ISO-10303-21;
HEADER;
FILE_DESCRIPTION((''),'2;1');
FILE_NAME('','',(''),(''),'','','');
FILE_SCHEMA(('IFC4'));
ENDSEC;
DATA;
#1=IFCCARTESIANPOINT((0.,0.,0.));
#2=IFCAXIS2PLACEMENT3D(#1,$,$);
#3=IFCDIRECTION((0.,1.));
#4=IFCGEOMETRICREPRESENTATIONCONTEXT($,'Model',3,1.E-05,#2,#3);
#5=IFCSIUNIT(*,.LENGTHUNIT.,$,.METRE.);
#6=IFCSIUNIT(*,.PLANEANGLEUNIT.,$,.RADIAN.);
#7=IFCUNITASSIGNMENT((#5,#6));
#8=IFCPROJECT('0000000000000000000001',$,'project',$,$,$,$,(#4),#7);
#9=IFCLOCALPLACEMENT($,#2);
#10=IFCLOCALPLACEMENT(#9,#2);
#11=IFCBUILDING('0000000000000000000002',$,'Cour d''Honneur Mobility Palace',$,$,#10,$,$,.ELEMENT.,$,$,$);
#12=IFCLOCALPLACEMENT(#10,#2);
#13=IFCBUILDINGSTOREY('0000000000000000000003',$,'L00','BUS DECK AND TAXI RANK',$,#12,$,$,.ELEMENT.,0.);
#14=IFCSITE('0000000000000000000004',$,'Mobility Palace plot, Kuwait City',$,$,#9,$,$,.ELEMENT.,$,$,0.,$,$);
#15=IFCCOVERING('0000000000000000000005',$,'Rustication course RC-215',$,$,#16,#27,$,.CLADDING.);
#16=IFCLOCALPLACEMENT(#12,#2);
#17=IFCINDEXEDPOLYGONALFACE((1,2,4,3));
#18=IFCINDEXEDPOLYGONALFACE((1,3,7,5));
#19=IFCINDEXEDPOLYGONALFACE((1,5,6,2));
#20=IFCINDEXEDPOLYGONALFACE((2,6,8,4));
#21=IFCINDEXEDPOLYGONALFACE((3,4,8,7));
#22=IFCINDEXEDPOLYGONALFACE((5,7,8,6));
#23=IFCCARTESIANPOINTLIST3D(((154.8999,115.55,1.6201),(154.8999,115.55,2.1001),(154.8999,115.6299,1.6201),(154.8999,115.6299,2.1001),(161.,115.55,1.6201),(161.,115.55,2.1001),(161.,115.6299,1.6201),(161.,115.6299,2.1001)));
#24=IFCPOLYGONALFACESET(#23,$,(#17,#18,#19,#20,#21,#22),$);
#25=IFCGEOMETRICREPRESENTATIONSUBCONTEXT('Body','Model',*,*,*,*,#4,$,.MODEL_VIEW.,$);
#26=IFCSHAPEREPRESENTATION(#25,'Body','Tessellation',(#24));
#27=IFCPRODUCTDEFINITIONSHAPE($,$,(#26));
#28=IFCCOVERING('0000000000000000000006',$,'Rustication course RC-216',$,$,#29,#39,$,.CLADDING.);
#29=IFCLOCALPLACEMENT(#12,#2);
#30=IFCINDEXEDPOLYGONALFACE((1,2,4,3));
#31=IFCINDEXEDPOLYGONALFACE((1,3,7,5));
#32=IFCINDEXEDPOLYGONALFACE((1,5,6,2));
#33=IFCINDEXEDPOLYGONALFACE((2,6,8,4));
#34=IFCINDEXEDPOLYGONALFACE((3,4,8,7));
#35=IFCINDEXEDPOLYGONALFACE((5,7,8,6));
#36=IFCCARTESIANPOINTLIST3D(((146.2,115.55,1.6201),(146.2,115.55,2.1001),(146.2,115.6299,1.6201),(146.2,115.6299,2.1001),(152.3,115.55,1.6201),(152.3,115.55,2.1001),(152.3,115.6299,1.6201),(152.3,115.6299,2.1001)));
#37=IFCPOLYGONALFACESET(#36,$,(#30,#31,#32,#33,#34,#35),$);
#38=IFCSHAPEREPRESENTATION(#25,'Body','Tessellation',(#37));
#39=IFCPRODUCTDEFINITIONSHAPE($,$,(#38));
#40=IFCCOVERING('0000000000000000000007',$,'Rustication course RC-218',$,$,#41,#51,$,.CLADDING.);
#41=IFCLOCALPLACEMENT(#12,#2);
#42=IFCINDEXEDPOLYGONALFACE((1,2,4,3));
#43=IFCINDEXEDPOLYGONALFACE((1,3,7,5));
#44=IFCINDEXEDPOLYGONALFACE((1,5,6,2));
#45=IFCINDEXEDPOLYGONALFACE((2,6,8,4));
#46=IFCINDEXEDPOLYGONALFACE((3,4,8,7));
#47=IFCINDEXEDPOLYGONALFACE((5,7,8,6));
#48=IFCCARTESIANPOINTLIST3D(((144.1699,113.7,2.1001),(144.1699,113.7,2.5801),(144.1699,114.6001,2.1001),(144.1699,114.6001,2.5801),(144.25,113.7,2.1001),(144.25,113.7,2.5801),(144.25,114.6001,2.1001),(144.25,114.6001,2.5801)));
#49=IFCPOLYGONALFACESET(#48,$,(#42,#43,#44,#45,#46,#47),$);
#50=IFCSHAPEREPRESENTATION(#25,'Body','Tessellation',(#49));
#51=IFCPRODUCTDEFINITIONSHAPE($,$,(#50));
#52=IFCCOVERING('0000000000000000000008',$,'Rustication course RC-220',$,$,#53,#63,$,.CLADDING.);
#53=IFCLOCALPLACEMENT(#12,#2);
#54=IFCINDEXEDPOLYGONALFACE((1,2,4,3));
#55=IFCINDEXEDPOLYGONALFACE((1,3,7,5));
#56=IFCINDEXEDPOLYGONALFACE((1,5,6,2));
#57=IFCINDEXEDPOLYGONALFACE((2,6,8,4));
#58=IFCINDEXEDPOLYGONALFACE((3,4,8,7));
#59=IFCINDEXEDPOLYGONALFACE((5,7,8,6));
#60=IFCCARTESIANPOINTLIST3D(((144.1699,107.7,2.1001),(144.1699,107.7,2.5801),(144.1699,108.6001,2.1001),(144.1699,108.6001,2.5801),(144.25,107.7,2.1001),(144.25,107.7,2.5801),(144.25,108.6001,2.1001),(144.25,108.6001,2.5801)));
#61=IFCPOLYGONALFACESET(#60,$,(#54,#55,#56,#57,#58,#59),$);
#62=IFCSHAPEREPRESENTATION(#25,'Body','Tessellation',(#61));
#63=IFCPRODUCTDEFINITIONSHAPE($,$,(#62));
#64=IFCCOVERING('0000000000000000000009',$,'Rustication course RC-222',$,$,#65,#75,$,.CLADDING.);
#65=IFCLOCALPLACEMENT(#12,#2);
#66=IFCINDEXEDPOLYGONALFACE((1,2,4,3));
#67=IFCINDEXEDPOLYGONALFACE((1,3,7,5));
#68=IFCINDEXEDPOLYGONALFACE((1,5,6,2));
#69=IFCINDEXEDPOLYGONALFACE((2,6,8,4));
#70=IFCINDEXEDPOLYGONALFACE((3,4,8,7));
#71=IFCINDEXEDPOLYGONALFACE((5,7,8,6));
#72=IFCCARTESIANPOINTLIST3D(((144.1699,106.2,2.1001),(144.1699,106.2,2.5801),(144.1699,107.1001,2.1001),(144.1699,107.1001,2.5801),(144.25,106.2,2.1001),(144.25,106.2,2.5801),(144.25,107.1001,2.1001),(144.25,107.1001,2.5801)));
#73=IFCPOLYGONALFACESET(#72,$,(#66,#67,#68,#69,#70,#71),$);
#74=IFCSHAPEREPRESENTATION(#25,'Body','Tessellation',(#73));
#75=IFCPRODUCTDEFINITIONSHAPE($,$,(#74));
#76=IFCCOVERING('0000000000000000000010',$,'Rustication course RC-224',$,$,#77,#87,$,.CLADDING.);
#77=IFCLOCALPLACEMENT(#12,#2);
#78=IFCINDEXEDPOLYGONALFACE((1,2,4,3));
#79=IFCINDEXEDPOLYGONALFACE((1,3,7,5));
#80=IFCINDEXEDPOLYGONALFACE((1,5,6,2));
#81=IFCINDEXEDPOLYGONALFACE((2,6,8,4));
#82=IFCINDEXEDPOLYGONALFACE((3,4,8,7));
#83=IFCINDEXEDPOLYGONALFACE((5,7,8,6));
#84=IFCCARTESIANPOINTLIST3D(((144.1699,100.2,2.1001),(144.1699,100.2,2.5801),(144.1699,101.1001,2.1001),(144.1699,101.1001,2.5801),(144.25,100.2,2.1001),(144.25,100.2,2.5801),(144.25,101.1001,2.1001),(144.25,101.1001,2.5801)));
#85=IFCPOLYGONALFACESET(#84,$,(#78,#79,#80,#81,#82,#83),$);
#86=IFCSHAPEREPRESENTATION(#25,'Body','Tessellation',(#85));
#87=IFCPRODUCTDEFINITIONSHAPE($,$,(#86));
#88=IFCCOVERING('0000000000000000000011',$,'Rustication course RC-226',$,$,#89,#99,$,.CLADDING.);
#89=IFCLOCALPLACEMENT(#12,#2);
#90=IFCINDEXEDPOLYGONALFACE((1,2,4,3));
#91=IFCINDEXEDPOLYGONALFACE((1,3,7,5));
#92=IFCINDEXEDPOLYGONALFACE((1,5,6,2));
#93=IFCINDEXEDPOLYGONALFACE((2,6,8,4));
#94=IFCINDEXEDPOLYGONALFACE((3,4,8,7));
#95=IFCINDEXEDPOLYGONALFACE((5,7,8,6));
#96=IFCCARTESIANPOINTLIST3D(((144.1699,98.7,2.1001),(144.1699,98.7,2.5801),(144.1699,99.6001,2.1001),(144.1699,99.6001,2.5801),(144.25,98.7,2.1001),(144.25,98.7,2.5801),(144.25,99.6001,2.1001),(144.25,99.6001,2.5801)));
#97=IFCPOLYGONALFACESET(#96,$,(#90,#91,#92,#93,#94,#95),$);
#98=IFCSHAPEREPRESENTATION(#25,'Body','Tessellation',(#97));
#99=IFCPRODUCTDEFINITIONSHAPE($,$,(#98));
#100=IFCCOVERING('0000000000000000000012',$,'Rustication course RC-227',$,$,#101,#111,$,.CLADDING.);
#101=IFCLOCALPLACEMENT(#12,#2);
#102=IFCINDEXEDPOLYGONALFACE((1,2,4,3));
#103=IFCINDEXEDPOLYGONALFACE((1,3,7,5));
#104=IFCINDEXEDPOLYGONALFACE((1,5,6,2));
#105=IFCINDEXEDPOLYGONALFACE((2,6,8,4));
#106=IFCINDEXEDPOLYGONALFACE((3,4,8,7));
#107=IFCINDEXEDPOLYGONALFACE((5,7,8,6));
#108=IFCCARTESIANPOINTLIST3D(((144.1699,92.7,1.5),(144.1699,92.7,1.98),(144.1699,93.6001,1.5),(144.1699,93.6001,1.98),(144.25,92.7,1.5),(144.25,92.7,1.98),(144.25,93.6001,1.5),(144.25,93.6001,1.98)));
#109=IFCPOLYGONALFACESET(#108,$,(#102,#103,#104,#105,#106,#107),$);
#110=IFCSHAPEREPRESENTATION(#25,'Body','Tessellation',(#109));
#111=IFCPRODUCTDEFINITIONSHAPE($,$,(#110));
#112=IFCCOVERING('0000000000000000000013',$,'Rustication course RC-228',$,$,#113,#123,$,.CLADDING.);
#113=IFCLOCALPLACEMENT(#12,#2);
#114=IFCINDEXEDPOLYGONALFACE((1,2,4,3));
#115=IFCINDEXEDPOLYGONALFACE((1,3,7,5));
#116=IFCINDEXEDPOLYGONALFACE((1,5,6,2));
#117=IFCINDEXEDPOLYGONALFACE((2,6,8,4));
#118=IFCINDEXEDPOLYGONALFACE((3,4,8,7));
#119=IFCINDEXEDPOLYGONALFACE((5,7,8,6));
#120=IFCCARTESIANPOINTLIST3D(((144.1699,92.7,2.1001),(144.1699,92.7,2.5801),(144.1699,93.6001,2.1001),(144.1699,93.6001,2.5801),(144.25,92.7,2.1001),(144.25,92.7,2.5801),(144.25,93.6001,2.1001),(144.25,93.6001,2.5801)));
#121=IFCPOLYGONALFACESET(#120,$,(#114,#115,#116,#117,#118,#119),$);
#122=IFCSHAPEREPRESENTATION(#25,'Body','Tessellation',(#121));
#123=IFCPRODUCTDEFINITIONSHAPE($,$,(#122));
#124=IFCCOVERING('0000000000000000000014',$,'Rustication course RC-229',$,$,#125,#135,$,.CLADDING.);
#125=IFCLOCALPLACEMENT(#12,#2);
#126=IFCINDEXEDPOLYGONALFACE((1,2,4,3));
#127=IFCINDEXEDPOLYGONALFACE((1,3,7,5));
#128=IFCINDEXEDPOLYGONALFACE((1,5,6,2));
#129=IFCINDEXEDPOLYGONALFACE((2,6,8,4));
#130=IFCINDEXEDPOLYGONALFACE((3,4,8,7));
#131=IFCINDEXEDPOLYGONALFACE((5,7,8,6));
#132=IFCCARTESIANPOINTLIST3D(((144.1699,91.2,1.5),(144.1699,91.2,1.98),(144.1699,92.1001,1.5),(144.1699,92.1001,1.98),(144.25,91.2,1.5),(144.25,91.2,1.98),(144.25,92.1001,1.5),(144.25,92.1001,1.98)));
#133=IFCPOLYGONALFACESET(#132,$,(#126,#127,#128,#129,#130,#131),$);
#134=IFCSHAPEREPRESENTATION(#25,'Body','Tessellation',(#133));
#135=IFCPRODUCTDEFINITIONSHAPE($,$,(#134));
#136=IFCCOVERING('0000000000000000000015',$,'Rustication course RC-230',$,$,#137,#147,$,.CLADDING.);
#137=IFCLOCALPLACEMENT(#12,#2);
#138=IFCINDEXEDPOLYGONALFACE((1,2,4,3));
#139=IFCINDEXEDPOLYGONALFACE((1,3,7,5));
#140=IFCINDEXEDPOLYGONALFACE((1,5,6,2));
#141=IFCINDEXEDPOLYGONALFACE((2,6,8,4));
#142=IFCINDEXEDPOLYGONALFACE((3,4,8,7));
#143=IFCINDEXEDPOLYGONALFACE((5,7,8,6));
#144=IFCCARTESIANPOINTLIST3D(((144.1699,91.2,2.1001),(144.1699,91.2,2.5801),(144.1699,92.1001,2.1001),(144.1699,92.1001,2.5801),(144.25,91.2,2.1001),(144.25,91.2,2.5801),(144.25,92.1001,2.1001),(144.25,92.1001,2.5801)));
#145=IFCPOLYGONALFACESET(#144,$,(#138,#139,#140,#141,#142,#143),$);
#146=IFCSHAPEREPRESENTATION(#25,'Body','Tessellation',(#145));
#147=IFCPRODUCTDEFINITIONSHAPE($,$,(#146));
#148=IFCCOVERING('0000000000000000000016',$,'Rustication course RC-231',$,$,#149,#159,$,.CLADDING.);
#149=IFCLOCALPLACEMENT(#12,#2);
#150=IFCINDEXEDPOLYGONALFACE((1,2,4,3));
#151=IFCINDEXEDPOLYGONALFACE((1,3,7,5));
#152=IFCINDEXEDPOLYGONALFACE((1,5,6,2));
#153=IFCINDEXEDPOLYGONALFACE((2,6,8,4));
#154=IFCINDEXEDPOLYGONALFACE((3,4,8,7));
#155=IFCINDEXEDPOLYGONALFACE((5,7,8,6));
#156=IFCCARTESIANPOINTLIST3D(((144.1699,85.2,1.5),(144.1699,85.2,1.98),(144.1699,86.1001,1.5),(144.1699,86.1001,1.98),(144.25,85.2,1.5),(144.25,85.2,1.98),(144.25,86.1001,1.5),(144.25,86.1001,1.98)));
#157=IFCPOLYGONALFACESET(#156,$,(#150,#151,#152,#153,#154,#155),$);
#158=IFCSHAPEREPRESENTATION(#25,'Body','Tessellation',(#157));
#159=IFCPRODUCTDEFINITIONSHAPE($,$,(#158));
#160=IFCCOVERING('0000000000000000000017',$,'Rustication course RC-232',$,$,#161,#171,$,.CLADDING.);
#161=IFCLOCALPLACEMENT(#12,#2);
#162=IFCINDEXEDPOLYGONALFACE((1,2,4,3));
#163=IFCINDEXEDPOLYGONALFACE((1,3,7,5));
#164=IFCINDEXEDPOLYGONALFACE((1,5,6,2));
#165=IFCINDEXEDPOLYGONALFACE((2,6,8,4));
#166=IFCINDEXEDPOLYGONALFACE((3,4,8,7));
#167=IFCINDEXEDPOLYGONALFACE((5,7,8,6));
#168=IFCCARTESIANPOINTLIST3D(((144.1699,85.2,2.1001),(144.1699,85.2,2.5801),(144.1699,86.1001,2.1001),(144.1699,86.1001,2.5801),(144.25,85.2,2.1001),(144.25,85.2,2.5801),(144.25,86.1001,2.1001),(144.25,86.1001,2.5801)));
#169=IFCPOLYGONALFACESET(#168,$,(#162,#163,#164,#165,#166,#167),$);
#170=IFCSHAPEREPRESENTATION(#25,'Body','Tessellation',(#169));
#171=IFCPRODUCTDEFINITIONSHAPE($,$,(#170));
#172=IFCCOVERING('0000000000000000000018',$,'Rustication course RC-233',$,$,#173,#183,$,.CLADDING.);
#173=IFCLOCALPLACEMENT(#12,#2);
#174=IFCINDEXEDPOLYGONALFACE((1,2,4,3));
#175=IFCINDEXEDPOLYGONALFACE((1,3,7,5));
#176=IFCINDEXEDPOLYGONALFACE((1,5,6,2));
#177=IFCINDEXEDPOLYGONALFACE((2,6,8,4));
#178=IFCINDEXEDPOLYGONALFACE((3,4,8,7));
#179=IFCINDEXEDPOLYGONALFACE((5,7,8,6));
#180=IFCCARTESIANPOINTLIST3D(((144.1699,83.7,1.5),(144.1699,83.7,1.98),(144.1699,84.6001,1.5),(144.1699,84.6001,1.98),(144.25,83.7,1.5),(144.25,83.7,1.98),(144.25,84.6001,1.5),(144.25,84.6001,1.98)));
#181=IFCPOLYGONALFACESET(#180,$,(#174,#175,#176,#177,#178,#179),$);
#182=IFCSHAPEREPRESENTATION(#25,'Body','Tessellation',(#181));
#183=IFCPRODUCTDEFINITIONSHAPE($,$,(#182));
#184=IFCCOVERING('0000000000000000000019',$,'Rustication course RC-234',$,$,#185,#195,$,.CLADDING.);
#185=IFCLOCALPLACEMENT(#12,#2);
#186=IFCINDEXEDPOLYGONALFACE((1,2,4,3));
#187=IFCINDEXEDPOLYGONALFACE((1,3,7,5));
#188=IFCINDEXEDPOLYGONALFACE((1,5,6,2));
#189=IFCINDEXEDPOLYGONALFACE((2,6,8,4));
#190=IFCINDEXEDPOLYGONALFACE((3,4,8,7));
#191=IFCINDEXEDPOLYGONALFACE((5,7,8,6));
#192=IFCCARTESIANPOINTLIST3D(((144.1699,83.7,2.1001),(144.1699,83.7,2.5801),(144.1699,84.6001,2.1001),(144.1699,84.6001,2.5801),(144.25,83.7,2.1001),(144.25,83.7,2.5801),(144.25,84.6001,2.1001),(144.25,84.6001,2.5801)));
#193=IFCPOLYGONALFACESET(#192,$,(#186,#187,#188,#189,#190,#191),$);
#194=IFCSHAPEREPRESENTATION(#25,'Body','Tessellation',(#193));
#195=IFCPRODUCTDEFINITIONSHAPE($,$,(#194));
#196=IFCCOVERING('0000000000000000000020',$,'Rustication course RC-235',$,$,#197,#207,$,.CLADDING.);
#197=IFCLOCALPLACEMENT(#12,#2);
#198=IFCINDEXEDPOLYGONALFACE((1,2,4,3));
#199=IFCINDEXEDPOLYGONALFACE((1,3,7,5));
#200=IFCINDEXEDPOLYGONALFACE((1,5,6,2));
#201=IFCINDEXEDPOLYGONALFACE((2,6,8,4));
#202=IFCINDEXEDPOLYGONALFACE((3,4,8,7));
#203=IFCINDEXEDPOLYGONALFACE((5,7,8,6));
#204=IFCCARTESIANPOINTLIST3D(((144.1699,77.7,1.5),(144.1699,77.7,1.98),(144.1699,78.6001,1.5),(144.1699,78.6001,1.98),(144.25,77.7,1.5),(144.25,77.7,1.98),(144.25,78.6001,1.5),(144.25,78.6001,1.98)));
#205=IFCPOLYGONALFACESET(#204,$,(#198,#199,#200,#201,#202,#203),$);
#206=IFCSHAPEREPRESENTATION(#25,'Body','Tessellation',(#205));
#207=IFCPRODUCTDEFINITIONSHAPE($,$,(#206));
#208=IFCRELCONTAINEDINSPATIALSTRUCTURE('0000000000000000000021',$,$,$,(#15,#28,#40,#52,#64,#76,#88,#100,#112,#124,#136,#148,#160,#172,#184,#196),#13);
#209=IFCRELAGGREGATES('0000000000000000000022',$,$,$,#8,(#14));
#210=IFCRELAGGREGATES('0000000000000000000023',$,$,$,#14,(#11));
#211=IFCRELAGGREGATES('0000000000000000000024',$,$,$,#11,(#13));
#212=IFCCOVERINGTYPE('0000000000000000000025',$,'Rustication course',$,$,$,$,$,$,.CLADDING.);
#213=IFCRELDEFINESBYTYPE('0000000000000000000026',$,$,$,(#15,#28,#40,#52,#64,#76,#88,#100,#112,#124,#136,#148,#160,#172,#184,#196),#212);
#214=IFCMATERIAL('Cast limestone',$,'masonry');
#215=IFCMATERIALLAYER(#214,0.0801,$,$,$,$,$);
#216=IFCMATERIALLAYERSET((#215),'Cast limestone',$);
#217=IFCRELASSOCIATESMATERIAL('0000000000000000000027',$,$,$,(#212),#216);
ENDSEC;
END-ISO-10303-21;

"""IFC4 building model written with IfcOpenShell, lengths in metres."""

from ifc_helpers import new_model, si_unit, direction, frame, origin, place, context, subcontext, project, spatial, polyline, outline, extrude, material, layer, layer_set, type_object, element, save


model = new_model("IFC4")

# Units and contexts
model_context = context("Model", 3, precision=1e-05, world=origin(), true_north=direction((0.0, 1.0)))
body_context = subcontext(model_context, "Body", "Model", "MODEL_VIEW")
ifc_project = project(units=[si_unit("LENGTHUNIT", "METRE"), si_unit("PLANEANGLEUNIT", "RADIAN")], contexts=[model_context])

# Site, building, storey
site_placement = place(None, origin())
site = spatial("IfcSite", under=ifc_project, at=site_placement, Name="Mobility Palace plot, Kuwait City", CompositionType="ELEMENT", RefElevation=0.0)
building_placement = place(site_placement, origin())
building = spatial("IfcBuilding", under=site, at=building_placement, Name="Cour d'Honneur Mobility Palace", CompositionType="ELEMENT")
storey_placement = place(building_placement, origin())
storey = spatial("IfcBuildingStorey", under=building, at=storey_placement, Name="L00", Description="BUS DECK AND TAXI RANK", CompositionType="ELEMENT", Elevation=0.0)

# Coverings
ifc_material = material(Name="Cast limestone", Category="masonry")
ifc_layer = layer(ifc_material, 0.0801)
ifc_layer_set = layer_set([ifc_layer], Name="Cast limestone")
covering_type = type_object("IfcCoveringType", Name="Rustication course", PredefinedType="CLADDING", material=ifc_layer_set)
covering_1_placement = place(storey_placement, frame((0.0, 0.0, 1.6201)))
element("IfcCovering", 1, at=covering_1_placement, inside=storey, type_object=covering_type, Name="Rustication course RC-215", PredefinedType="CLADDING", context=body_context, shape_type="SweptSolid", body=[
    extrude(outline(polyline([(161.0, 115.55), (154.8999, 115.55), (154.8999, 115.6299), (161.0, 115.6299), (161.0, 115.55)])), origin(), (0.0, 0.0, 1.0), 0.48),
])
covering_2_placement = place(storey_placement, frame((0.0, 0.0, 1.6201)))
element("IfcCovering", 2, at=covering_2_placement, inside=storey, type_object=covering_type, Name="Rustication course RC-216", PredefinedType="CLADDING", context=body_context, shape_type="SweptSolid", body=[
    extrude(outline(polyline([(152.3, 115.55), (146.2, 115.55), (146.2, 115.6299), (152.3, 115.6299), (152.3, 115.55)])), origin(), (0.0, 0.0, 1.0), 0.48),
])
covering_3_placement = place(storey_placement, frame((0.0, 0.0, 2.1001)))
element("IfcCovering", 3, at=covering_3_placement, inside=storey, type_object=covering_type, Name="Rustication course RC-218", PredefinedType="CLADDING", context=body_context, shape_type="SweptSolid", body=[
    extrude(outline(polyline([(144.25, 114.6001), (144.25, 113.7), (144.1699, 113.7), (144.1699, 114.6001), (144.25, 114.6001)])), origin(), (0.0, 0.0, 1.0), 0.48),
])
covering_4_placement = place(storey_placement, frame((0.0, 0.0, 2.1001)))
element("IfcCovering", 4, at=covering_4_placement, inside=storey, type_object=covering_type, Name="Rustication course RC-220", PredefinedType="CLADDING", context=body_context, shape_type="SweptSolid", body=[
    extrude(outline(polyline([(144.25, 108.6001), (144.25, 107.7), (144.1699, 107.7), (144.1699, 108.6001), (144.25, 108.6001)])), origin(), (0.0, 0.0, 1.0), 0.48),
])
covering_5_placement = place(storey_placement, frame((0.0, 0.0, 2.1001)))
element("IfcCovering", 5, at=covering_5_placement, inside=storey, type_object=covering_type, Name="Rustication course RC-222", PredefinedType="CLADDING", context=body_context, shape_type="SweptSolid", body=[
    extrude(outline(polyline([(144.25, 107.1001), (144.25, 106.2), (144.1699, 106.2), (144.1699, 107.1001), (144.25, 107.1001)])), origin(), (0.0, 0.0, 1.0), 0.48),
])
covering_6_placement = place(storey_placement, frame((0.0, 0.0, 2.1001)))
element("IfcCovering", 6, at=covering_6_placement, inside=storey, type_object=covering_type, Name="Rustication course RC-224", PredefinedType="CLADDING", context=body_context, shape_type="SweptSolid", body=[
    extrude(outline(polyline([(144.25, 101.1001), (144.25, 100.2), (144.1699, 100.2), (144.1699, 101.1001), (144.25, 101.1001)])), origin(), (0.0, 0.0, 1.0), 0.48),
])
covering_7_placement = place(storey_placement, frame((0.0, 0.0, 2.1001)))
element("IfcCovering", 7, at=covering_7_placement, inside=storey, type_object=covering_type, Name="Rustication course RC-226", PredefinedType="CLADDING", context=body_context, shape_type="SweptSolid", body=[
    extrude(outline(polyline([(144.25, 99.6001), (144.25, 98.7), (144.1699, 98.7), (144.1699, 99.6001), (144.25, 99.6001)])), origin(), (0.0, 0.0, 1.0), 0.48),
])
for number, where, name in (
    (8, (0.0, 0.0, 1.5), "Rustication course RC-227"),
    (9, (0.0, 0.0, 2.1001), "Rustication course RC-228"),
):
    element("IfcCovering", number, at=place(storey_placement, frame(where)), inside=storey, type_object=covering_type, Name=name, PredefinedType="CLADDING", context=body_context, shape_type="SweptSolid", body=[
        extrude(outline(polyline([(144.25, 93.6001), (144.25, 92.7), (144.1699, 92.7), (144.1699, 93.6001), (144.25, 93.6001)])), origin(), (0.0, 0.0, 1.0), 0.48),
    ])
for number, where, name in (
    (10, (0.0, 0.0, 1.5), "Rustication course RC-229"),
    (11, (0.0, 0.0, 2.1001), "Rustication course RC-230"),
):
    element("IfcCovering", number, at=place(storey_placement, frame(where)), inside=storey, type_object=covering_type, Name=name, PredefinedType="CLADDING", context=body_context, shape_type="SweptSolid", body=[
        extrude(outline(polyline([(144.25, 92.1001), (144.25, 91.2), (144.1699, 91.2), (144.1699, 92.1001), (144.25, 92.1001)])), origin(), (0.0, 0.0, 1.0), 0.48),
    ])
for number, where, name in (
    (12, (0.0, 0.0, 1.5), "Rustication course RC-231"),
    (13, (0.0, 0.0, 2.1001), "Rustication course RC-232"),
):
    element("IfcCovering", number, at=place(storey_placement, frame(where)), inside=storey, type_object=covering_type, Name=name, PredefinedType="CLADDING", context=body_context, shape_type="SweptSolid", body=[
        extrude(outline(polyline([(144.25, 86.1001), (144.25, 85.2), (144.1699, 85.2), (144.1699, 86.1001), (144.25, 86.1001)])), origin(), (0.0, 0.0, 1.0), 0.48),
    ])
for number, where, name in (
    (14, (0.0, 0.0, 1.5), "Rustication course RC-233"),
    (15, (0.0, 0.0, 2.1001), "Rustication course RC-234"),
):
    element("IfcCovering", number, at=place(storey_placement, frame(where)), inside=storey, type_object=covering_type, Name=name, PredefinedType="CLADDING", context=body_context, shape_type="SweptSolid", body=[
        extrude(outline(polyline([(144.25, 84.6001), (144.25, 83.7), (144.1699, 83.7), (144.1699, 84.6001), (144.25, 84.6001)])), origin(), (0.0, 0.0, 1.0), 0.48),
    ])
for number, where, name in (
    (16, (0.0, 0.0, 1.5), "Rustication course RC-235"),
):
    element("IfcCovering", number, at=place(storey_placement, frame(where)), inside=storey, type_object=covering_type, Name=name, PredefinedType="CLADDING", context=body_context, shape_type="SweptSolid", body=[
        extrude(outline(polyline([(144.25, 78.6001), (144.25, 77.7), (144.1699, 77.7), (144.1699, 78.6001), (144.25, 78.6001)])), origin(), (0.0, 0.0, 1.0), 0.48),
    ])

save(model, "model.ifc")
